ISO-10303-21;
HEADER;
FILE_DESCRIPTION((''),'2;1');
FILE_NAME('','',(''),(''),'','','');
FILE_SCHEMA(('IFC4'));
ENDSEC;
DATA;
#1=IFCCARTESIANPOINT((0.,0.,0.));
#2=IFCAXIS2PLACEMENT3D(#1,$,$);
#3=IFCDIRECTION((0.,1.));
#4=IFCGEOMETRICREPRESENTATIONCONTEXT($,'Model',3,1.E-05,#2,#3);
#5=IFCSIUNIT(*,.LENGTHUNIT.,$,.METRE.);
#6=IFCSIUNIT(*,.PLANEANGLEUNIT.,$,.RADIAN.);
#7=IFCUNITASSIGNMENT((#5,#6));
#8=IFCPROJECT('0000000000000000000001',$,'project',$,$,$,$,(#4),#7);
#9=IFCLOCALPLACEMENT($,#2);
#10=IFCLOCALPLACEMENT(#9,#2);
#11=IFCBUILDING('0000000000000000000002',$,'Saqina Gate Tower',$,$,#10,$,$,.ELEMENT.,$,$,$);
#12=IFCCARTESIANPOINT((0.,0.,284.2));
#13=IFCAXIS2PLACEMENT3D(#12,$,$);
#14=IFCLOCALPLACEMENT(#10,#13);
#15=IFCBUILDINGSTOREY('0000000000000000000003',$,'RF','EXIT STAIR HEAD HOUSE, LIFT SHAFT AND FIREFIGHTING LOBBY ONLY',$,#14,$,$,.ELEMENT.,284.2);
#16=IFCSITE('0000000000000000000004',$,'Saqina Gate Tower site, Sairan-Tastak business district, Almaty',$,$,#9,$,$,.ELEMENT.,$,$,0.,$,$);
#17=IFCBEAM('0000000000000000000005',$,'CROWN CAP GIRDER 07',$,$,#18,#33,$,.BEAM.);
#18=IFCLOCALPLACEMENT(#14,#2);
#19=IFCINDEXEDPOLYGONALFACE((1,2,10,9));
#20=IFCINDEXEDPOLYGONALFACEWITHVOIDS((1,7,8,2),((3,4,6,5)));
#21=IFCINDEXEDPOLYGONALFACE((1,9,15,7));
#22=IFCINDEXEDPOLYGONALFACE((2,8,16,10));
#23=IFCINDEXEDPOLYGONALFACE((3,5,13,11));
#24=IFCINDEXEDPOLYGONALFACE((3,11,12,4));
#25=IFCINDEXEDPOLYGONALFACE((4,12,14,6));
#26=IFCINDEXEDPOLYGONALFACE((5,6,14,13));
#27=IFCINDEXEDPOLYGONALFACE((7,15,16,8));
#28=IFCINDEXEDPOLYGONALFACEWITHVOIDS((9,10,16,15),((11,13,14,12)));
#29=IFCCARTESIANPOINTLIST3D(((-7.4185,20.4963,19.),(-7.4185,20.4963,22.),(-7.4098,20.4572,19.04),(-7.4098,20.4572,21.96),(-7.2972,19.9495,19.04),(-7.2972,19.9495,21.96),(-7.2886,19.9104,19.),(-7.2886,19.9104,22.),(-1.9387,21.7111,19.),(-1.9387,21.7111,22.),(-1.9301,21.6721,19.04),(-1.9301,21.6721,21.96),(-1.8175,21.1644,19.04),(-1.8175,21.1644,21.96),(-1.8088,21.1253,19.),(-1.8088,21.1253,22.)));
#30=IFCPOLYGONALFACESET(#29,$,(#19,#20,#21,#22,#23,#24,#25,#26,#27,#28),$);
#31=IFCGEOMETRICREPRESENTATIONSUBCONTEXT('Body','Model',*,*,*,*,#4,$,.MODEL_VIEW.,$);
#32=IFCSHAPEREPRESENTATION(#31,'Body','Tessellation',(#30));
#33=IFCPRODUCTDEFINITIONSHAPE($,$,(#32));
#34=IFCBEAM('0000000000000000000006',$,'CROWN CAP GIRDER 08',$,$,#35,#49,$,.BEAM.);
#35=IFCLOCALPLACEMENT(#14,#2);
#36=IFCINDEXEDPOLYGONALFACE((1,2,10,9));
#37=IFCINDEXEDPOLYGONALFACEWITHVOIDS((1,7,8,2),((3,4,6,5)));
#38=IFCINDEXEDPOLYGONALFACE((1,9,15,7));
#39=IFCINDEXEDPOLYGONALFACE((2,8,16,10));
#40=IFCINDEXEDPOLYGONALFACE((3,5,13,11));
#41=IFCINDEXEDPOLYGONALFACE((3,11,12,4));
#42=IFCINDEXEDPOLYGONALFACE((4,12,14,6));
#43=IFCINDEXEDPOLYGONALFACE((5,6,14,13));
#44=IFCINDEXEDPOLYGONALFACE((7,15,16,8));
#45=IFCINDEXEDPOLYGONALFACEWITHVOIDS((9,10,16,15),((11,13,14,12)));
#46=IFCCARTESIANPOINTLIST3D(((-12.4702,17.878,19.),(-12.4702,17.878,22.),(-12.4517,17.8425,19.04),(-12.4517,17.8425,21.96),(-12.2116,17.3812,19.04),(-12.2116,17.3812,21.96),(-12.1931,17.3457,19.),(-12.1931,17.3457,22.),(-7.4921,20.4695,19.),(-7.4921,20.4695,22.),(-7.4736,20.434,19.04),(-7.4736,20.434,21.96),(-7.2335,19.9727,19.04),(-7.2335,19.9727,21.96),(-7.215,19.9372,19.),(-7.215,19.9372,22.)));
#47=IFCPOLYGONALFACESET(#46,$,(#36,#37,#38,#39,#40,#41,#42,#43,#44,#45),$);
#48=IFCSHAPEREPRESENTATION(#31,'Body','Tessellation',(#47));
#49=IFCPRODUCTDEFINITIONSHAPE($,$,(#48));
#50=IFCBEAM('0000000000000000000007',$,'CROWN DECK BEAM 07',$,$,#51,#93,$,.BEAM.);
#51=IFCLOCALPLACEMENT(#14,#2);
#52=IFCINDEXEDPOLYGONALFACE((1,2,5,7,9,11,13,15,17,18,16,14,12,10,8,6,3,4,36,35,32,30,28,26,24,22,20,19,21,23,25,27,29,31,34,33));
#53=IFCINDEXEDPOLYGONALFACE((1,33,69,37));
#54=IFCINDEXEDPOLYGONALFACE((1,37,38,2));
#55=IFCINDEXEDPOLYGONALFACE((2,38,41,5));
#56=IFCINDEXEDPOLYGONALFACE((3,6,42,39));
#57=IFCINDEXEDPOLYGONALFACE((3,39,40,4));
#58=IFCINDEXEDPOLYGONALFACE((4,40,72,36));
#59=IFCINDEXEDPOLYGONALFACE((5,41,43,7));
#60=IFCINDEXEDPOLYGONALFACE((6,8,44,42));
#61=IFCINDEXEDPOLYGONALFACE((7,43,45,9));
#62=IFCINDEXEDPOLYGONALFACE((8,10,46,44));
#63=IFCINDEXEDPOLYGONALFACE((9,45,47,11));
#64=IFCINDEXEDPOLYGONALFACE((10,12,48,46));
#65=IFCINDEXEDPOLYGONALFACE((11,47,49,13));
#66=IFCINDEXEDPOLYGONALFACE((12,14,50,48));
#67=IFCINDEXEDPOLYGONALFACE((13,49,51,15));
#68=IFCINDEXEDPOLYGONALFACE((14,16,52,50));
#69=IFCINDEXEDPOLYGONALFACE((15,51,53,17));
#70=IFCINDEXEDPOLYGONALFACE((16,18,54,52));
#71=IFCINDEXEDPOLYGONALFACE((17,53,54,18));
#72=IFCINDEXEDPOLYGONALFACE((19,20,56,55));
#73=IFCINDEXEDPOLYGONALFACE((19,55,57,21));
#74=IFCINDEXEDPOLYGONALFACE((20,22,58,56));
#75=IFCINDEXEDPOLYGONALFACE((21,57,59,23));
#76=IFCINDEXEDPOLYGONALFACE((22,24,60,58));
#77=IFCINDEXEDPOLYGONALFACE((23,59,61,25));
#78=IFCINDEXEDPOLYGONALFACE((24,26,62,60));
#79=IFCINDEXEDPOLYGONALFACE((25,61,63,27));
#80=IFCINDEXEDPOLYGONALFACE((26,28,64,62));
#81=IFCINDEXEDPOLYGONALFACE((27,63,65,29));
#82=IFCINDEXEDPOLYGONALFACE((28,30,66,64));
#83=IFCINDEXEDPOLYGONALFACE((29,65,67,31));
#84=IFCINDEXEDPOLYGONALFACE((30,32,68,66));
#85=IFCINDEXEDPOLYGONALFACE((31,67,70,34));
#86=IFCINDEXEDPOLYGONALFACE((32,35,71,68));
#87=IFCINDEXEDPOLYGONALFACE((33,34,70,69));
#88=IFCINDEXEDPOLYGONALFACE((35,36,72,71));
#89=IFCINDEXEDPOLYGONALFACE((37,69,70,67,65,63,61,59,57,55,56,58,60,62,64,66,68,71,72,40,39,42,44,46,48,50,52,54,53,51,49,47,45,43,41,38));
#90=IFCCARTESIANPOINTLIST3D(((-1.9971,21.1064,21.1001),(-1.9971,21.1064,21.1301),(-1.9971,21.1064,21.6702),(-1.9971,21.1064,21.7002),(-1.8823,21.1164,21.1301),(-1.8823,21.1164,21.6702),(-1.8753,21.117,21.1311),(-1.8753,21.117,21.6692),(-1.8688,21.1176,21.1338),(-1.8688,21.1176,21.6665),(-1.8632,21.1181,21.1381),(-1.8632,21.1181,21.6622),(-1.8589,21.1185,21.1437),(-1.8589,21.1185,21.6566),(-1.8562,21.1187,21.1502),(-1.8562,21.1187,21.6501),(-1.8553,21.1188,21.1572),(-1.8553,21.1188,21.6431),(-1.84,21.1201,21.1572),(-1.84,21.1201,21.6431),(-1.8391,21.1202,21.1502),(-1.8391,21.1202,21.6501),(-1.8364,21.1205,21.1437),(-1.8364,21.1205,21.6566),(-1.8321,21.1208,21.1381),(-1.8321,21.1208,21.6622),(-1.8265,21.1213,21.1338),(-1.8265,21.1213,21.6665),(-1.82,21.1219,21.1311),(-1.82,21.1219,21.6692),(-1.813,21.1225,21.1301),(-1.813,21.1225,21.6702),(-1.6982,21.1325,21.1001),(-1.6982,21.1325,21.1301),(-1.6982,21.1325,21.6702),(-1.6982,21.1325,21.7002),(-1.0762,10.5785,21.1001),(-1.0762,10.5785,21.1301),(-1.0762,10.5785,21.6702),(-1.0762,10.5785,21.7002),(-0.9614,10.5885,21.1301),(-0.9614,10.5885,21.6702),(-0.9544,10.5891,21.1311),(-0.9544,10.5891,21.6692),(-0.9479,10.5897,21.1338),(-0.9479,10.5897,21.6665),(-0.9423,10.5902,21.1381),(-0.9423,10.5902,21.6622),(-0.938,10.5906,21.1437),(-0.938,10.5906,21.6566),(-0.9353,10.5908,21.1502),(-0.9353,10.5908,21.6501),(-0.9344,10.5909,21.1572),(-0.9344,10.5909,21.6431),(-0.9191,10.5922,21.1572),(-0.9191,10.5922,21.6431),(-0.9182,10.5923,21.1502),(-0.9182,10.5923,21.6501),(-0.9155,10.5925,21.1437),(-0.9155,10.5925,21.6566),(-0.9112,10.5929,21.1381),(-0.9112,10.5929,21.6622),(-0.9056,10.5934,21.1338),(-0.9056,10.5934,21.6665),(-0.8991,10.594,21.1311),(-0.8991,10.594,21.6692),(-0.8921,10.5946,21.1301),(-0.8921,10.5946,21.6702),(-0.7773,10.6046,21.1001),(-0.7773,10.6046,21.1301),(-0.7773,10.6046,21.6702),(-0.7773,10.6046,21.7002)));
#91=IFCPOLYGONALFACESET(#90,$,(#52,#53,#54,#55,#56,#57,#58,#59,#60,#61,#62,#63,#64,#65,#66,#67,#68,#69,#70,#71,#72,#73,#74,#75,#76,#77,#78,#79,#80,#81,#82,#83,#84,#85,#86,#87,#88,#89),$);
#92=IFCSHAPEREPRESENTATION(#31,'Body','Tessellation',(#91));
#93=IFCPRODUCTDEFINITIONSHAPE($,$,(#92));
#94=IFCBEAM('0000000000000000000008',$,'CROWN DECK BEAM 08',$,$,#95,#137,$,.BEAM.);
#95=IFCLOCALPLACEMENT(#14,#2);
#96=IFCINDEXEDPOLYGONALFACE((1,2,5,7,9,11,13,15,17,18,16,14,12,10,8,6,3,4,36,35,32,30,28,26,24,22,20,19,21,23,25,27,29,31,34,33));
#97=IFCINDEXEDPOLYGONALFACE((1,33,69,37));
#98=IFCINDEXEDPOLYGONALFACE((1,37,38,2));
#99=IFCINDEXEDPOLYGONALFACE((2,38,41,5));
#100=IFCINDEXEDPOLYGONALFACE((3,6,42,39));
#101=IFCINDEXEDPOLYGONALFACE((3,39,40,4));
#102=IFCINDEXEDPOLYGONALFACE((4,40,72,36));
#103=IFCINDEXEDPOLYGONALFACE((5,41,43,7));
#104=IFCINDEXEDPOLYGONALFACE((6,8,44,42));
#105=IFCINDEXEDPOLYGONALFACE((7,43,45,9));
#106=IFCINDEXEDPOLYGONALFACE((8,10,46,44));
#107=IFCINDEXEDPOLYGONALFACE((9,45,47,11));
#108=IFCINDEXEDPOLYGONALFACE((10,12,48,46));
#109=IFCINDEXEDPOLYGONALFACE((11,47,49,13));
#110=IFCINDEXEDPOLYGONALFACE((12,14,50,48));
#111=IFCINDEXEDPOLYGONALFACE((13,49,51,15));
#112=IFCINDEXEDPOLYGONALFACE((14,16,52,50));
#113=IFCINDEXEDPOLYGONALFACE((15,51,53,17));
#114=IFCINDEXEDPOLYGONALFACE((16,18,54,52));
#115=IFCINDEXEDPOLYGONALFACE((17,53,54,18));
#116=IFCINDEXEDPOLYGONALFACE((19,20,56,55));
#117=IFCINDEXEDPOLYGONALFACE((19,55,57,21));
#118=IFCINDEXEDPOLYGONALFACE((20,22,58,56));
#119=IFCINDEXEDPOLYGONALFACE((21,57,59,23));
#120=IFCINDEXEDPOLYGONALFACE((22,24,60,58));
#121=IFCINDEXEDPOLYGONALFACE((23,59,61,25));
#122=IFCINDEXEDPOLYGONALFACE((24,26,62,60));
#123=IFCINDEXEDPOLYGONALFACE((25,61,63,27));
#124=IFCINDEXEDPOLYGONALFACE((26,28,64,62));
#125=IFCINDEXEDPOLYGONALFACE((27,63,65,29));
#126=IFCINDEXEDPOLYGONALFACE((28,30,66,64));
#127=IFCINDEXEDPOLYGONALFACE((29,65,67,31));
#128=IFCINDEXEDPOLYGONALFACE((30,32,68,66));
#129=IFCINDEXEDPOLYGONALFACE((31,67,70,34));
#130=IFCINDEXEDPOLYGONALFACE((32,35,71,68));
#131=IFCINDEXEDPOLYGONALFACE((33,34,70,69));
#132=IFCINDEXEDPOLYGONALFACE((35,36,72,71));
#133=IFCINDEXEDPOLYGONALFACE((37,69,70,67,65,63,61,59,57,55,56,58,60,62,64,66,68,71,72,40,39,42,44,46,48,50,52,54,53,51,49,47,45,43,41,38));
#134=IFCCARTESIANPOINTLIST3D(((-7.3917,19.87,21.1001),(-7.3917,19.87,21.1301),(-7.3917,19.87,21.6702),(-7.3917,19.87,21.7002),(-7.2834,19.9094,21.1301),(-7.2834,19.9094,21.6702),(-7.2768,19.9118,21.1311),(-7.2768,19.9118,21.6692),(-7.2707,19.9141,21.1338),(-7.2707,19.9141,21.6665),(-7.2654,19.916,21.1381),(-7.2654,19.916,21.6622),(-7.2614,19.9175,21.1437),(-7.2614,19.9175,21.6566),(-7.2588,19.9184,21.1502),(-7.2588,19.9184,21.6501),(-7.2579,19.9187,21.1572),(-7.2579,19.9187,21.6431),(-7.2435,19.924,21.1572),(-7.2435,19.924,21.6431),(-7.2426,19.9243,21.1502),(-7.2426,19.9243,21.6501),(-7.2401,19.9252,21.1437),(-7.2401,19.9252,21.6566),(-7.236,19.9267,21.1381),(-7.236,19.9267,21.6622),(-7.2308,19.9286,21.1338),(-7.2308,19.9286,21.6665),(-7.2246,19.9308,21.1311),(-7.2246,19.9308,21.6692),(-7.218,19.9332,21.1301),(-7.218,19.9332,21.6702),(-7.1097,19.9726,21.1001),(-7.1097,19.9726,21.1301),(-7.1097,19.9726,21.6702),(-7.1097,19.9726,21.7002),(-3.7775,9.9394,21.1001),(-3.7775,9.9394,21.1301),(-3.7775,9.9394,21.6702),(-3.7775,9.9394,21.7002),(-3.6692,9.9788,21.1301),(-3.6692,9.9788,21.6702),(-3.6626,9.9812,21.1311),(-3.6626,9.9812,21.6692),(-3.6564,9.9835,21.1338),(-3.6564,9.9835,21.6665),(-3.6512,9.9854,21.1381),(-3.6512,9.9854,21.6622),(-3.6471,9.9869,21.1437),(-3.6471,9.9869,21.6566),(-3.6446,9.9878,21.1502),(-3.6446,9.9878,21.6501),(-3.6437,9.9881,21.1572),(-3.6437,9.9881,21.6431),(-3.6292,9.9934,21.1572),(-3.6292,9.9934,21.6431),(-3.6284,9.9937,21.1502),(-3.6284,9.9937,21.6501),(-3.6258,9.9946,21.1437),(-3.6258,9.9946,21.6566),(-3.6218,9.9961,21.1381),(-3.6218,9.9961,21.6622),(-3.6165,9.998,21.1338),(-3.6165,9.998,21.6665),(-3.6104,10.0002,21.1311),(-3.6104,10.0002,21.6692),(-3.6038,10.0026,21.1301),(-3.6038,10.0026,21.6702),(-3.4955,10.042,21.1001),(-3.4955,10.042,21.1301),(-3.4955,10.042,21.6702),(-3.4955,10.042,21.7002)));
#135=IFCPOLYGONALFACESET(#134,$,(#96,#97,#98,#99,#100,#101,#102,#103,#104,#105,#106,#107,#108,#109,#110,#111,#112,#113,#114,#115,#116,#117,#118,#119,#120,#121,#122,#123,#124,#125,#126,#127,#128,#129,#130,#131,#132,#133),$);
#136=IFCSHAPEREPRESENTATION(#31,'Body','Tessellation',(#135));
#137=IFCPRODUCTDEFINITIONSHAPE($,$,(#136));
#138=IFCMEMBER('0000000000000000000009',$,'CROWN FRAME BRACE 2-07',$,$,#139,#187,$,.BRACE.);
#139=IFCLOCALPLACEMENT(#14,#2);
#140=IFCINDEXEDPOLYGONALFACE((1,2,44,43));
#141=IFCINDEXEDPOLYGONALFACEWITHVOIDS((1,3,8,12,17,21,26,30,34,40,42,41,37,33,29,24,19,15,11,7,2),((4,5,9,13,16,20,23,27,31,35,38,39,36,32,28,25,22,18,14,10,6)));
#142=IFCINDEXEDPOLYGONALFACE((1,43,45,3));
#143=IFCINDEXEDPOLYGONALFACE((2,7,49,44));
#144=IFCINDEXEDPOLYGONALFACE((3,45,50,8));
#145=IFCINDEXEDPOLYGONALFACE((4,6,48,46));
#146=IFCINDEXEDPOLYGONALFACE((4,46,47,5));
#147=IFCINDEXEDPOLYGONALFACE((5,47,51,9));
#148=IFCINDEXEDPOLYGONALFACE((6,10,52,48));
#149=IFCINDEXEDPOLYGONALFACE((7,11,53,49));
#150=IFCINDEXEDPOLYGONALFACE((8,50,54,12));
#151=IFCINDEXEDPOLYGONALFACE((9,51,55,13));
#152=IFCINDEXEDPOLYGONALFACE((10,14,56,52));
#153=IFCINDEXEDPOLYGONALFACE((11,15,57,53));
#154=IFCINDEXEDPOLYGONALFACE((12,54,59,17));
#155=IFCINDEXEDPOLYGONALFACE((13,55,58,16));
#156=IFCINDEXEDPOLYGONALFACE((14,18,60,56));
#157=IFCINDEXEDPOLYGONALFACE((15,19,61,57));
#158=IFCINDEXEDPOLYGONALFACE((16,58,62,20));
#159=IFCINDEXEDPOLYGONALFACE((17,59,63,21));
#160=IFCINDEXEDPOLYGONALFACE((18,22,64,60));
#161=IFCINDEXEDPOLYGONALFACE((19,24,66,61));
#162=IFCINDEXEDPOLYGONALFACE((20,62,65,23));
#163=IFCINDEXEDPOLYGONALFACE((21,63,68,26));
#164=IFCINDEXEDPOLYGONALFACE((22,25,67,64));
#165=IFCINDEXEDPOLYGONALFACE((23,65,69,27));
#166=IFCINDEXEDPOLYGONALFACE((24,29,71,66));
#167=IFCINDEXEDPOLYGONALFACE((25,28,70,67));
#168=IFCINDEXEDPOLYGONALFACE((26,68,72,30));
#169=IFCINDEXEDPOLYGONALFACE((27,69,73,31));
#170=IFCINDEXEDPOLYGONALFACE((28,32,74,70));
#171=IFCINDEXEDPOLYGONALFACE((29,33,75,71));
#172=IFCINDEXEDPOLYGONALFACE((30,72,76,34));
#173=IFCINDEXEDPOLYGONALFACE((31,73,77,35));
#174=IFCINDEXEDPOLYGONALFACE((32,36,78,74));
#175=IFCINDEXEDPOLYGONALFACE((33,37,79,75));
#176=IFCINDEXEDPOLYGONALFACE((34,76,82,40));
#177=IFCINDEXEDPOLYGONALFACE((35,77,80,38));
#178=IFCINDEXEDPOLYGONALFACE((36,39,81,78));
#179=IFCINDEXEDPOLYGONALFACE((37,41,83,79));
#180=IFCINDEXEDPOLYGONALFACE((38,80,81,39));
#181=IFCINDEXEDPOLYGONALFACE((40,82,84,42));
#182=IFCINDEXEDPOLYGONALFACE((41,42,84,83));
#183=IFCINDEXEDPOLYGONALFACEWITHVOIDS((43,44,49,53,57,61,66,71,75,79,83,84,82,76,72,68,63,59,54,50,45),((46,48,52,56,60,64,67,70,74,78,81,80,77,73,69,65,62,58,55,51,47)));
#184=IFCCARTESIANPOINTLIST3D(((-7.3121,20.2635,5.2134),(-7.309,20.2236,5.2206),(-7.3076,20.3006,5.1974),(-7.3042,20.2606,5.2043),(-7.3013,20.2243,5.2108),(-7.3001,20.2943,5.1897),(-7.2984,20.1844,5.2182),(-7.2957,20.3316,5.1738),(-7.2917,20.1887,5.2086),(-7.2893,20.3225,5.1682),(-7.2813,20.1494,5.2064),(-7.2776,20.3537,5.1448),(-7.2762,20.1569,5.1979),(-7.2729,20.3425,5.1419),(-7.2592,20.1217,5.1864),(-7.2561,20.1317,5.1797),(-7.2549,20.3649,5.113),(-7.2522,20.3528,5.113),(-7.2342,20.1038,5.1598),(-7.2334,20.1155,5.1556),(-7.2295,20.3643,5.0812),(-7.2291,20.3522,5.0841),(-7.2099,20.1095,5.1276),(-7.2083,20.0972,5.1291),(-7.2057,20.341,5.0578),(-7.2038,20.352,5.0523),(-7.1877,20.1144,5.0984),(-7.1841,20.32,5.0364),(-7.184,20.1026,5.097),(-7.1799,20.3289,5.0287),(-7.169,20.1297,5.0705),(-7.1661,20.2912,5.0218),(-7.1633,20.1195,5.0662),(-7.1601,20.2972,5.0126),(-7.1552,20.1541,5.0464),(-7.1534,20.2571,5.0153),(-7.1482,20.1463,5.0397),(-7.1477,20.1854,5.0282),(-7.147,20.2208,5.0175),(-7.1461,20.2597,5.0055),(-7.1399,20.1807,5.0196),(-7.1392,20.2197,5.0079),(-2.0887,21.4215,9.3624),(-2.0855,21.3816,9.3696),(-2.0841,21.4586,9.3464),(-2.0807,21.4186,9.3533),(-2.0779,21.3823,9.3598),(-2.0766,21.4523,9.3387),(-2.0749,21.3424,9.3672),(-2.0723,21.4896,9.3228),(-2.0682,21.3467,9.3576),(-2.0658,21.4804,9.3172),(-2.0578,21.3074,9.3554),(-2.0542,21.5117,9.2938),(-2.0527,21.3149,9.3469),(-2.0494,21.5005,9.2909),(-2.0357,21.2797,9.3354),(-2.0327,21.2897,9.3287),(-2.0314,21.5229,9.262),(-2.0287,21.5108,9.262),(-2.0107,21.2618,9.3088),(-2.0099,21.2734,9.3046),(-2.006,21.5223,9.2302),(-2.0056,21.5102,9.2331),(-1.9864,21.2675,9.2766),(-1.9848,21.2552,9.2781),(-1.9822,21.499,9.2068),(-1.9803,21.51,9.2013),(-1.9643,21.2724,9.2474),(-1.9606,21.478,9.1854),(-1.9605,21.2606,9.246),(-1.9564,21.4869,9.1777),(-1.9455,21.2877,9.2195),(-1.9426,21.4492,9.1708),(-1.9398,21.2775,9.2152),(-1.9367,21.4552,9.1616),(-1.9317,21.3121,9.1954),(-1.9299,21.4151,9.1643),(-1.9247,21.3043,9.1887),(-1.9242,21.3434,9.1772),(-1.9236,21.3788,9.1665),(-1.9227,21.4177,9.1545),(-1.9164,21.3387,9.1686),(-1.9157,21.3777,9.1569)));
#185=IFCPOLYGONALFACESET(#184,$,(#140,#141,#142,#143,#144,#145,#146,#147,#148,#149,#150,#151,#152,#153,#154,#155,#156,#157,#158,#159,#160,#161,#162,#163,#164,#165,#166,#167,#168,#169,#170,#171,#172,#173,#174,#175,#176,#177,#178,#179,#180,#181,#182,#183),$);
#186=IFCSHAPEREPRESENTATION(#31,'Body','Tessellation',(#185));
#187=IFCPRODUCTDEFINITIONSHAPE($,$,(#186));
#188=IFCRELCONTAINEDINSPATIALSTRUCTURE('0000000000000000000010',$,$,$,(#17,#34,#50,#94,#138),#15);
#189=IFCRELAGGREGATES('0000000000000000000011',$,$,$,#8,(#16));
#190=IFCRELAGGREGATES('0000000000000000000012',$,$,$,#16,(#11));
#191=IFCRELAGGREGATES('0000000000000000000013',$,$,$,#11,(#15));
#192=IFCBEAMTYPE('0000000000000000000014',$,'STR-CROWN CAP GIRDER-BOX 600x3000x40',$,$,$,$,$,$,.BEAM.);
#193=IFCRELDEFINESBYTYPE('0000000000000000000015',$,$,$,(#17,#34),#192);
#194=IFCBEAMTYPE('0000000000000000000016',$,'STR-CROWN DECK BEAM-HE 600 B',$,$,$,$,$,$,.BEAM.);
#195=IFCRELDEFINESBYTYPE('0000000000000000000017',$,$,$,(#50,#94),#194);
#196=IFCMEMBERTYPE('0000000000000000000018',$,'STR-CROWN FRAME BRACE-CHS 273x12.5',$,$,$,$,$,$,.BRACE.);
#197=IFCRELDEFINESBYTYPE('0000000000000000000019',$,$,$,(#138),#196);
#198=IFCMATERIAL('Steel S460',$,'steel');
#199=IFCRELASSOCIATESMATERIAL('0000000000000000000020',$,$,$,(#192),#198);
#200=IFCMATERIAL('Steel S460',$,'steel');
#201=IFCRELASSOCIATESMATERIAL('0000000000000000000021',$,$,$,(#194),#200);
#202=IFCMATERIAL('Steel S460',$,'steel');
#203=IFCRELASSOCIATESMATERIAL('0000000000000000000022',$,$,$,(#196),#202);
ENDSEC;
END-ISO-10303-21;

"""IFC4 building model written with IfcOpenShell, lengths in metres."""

from ifc_helpers import new_model, si_unit, direction, frame, origin, origin_2d, place, context, subcontext, project, spatial, hollow_rectangle, hollow_circle, i_section, extrude, material, material_profile, profile_set, type_object, element, save


model = new_model("IFC4")

# Units and contexts
model_context = context("Model", 3, precision=1e-05, world=origin(), true_north=direction((0.0, 1.0)))
body_context = subcontext(model_context, "Body", "Model", "MODEL_VIEW")
ifc_project = project(units=[si_unit("LENGTHUNIT", "METRE"), si_unit("PLANEANGLEUNIT", "RADIAN")], contexts=[model_context])

# Site, building, storey
site_placement = place(None, origin())
site = spatial("IfcSite", under=ifc_project, at=site_placement, Name="Saqina Gate Tower site, Sairan-Tastak business district, Almaty", CompositionType="ELEMENT", RefElevation=0.0)
building_placement = place(site_placement, origin())
building = spatial("IfcBuilding", under=site, at=building_placement, Name="Saqina Gate Tower", CompositionType="ELEMENT")
storey_placement = place(building_placement, frame((0.0, 0.0, 284.2)))
storey = spatial("IfcBuildingStorey", under=building, at=storey_placement, Name="RF", Description="EXIT STAIR HEAD HOUSE, LIFT SHAFT AND FIREFIGHTING LOBBY ONLY", CompositionType="ELEMENT", Elevation=284.2)

# Beams
ifc_material_1 = material(Name="Steel S460", Category="steel")
ifc_material_profile_1 = material_profile(ifc_material_1, hollow_rectangle(XDim=0.6001, YDim=3.0, WallThickness=0.04, at=origin_2d()), Name="BOX 600x3000x40")
ifc_profile_set_1 = profile_set([ifc_material_profile_1], Name="Steel S460")
beam_type_1 = type_object("IfcBeamType", Name="STR-CROWN CAP GIRDER-BOX 600x3000x40", PredefinedType="BEAM", material=ifc_profile_set_1)
beam_1_placement = place(storey_placement, frame((-1.8738, 21.4182, 20.5), z_axis=(-0.976295, -0.216442, 0.0), x_axis=(0.216442, -0.976295, 0.0)))
element("IfcBeam", 1, at=beam_1_placement, inside=storey, type_object=beam_type_1, Name="CROWN CAP GIRDER 07", PredefinedType="BEAM", context=body_context, shape_type="SweptSolid", body=[
    extrude(hollow_rectangle(XDim=0.6001, YDim=3.0, WallThickness=0.04, at=origin_2d()), origin(), (0.0, 0.0, 1.0), 5.6128),
])
beam_2_placement = place(storey_placement, frame((-7.3535, 20.2034, 20.5), z_axis=(-0.887009, -0.461753, 0.0), x_axis=(0.461753, -0.887009, 0.0)))
element("IfcBeam", 2, at=beam_2_placement, inside=storey, type_object=beam_type_1, Name="CROWN CAP GIRDER 08", PredefinedType="BEAM", context=body_context, shape_type="SweptSolid", body=[
    extrude(hollow_rectangle(XDim=0.6001, YDim=3.0, WallThickness=0.04, at=origin_2d()), origin(), (0.0, 0.0, 1.0), 5.6123),
])
ifc_material_2 = material(Name="Steel S460", Category="steel")
ifc_material_profile_2 = material_profile(ifc_material_2, i_section(OverallWidth=0.3, OverallDepth=0.6001, WebThickness=0.0154, FlangeThickness=0.03, FilletRadius=0.0271, at=origin_2d()), Name="HE 600 B")
ifc_profile_set_2 = profile_set([ifc_material_profile_2], Name="Steel S460")
beam_type_2 = type_object("IfcBeamType", Name="STR-CROWN DECK BEAM-HE 600 B", PredefinedType="BEAM", material=ifc_profile_set_2)
beam_3_placement = place(storey_placement, frame((-0.9268, 10.5916, 21.4001), z_axis=(-0.08714, 0.996196, 0.0), x_axis=(-0.996196, -0.08714, 0.0)))
element("IfcBeam", 3, at=beam_3_placement, inside=storey, type_object=beam_type_2, Name="CROWN DECK BEAM 07", PredefinedType="BEAM", context=body_context, shape_type="SweptSolid", body=[
    extrude(i_section(OverallWidth=0.3, OverallDepth=0.6001, WebThickness=0.0154, FlangeThickness=0.03, FilletRadius=0.0271, at=origin_2d()), origin(), (0.0, 0.0, 1.0), 10.5681),
])
beam_4_placement = place(storey_placement, frame((-3.6365, 9.9907, 21.4001), z_axis=(-0.342003, 0.939699, 0.0), x_axis=(-0.939699, -0.342003, 0.0)))
element("IfcBeam", 4, at=beam_4_placement, inside=storey, type_object=beam_type_2, Name="CROWN DECK BEAM 08", PredefinedType="BEAM", context=body_context, shape_type="SweptSolid", body=[
    extrude(i_section(OverallWidth=0.3, OverallDepth=0.6001, WebThickness=0.0154, FlangeThickness=0.03, FilletRadius=0.0271, at=origin_2d()), origin(), (0.0, 0.0, 1.0), 10.5679),
])

# Member
ifc_material_3 = material(Name="Steel S460", Category="steel")
ifc_material_profile_3 = material_profile(ifc_material_3, hollow_circle(Radius=0.1365, WallThickness=0.0125, at=origin_2d()), Name="CHS 273x12.5")
ifc_profile_set_3 = profile_set([ifc_material_profile_3], Name="Steel S460")
member_type = type_object("IfcMemberType", Name="STR-CROWN FRAME BRACE-CHS 273x12.5", PredefinedType="BRACE", material=ifc_profile_set_3)
member_1_placement = place(storey_placement, frame((-7.2253, 20.2317, 5.113), z_axis=(0.771504, 0.171033, 0.612804), x_axis=(-0.216433, 0.976298, 0.0)))
element("IfcMember", 5, at=member_1_placement, inside=storey, type_object=member_type, Name="CROWN FRAME BRACE 2-07", PredefinedType="BRACE", context=body_context, shape_type="SweptSolid", body=[
    extrude(hollow_circle(Radius=0.1365, WallThickness=0.0125, at=origin_2d()), origin(), (0.0, 0.0, 1.0), 6.7705),
])

save(model, "model.ifc")
